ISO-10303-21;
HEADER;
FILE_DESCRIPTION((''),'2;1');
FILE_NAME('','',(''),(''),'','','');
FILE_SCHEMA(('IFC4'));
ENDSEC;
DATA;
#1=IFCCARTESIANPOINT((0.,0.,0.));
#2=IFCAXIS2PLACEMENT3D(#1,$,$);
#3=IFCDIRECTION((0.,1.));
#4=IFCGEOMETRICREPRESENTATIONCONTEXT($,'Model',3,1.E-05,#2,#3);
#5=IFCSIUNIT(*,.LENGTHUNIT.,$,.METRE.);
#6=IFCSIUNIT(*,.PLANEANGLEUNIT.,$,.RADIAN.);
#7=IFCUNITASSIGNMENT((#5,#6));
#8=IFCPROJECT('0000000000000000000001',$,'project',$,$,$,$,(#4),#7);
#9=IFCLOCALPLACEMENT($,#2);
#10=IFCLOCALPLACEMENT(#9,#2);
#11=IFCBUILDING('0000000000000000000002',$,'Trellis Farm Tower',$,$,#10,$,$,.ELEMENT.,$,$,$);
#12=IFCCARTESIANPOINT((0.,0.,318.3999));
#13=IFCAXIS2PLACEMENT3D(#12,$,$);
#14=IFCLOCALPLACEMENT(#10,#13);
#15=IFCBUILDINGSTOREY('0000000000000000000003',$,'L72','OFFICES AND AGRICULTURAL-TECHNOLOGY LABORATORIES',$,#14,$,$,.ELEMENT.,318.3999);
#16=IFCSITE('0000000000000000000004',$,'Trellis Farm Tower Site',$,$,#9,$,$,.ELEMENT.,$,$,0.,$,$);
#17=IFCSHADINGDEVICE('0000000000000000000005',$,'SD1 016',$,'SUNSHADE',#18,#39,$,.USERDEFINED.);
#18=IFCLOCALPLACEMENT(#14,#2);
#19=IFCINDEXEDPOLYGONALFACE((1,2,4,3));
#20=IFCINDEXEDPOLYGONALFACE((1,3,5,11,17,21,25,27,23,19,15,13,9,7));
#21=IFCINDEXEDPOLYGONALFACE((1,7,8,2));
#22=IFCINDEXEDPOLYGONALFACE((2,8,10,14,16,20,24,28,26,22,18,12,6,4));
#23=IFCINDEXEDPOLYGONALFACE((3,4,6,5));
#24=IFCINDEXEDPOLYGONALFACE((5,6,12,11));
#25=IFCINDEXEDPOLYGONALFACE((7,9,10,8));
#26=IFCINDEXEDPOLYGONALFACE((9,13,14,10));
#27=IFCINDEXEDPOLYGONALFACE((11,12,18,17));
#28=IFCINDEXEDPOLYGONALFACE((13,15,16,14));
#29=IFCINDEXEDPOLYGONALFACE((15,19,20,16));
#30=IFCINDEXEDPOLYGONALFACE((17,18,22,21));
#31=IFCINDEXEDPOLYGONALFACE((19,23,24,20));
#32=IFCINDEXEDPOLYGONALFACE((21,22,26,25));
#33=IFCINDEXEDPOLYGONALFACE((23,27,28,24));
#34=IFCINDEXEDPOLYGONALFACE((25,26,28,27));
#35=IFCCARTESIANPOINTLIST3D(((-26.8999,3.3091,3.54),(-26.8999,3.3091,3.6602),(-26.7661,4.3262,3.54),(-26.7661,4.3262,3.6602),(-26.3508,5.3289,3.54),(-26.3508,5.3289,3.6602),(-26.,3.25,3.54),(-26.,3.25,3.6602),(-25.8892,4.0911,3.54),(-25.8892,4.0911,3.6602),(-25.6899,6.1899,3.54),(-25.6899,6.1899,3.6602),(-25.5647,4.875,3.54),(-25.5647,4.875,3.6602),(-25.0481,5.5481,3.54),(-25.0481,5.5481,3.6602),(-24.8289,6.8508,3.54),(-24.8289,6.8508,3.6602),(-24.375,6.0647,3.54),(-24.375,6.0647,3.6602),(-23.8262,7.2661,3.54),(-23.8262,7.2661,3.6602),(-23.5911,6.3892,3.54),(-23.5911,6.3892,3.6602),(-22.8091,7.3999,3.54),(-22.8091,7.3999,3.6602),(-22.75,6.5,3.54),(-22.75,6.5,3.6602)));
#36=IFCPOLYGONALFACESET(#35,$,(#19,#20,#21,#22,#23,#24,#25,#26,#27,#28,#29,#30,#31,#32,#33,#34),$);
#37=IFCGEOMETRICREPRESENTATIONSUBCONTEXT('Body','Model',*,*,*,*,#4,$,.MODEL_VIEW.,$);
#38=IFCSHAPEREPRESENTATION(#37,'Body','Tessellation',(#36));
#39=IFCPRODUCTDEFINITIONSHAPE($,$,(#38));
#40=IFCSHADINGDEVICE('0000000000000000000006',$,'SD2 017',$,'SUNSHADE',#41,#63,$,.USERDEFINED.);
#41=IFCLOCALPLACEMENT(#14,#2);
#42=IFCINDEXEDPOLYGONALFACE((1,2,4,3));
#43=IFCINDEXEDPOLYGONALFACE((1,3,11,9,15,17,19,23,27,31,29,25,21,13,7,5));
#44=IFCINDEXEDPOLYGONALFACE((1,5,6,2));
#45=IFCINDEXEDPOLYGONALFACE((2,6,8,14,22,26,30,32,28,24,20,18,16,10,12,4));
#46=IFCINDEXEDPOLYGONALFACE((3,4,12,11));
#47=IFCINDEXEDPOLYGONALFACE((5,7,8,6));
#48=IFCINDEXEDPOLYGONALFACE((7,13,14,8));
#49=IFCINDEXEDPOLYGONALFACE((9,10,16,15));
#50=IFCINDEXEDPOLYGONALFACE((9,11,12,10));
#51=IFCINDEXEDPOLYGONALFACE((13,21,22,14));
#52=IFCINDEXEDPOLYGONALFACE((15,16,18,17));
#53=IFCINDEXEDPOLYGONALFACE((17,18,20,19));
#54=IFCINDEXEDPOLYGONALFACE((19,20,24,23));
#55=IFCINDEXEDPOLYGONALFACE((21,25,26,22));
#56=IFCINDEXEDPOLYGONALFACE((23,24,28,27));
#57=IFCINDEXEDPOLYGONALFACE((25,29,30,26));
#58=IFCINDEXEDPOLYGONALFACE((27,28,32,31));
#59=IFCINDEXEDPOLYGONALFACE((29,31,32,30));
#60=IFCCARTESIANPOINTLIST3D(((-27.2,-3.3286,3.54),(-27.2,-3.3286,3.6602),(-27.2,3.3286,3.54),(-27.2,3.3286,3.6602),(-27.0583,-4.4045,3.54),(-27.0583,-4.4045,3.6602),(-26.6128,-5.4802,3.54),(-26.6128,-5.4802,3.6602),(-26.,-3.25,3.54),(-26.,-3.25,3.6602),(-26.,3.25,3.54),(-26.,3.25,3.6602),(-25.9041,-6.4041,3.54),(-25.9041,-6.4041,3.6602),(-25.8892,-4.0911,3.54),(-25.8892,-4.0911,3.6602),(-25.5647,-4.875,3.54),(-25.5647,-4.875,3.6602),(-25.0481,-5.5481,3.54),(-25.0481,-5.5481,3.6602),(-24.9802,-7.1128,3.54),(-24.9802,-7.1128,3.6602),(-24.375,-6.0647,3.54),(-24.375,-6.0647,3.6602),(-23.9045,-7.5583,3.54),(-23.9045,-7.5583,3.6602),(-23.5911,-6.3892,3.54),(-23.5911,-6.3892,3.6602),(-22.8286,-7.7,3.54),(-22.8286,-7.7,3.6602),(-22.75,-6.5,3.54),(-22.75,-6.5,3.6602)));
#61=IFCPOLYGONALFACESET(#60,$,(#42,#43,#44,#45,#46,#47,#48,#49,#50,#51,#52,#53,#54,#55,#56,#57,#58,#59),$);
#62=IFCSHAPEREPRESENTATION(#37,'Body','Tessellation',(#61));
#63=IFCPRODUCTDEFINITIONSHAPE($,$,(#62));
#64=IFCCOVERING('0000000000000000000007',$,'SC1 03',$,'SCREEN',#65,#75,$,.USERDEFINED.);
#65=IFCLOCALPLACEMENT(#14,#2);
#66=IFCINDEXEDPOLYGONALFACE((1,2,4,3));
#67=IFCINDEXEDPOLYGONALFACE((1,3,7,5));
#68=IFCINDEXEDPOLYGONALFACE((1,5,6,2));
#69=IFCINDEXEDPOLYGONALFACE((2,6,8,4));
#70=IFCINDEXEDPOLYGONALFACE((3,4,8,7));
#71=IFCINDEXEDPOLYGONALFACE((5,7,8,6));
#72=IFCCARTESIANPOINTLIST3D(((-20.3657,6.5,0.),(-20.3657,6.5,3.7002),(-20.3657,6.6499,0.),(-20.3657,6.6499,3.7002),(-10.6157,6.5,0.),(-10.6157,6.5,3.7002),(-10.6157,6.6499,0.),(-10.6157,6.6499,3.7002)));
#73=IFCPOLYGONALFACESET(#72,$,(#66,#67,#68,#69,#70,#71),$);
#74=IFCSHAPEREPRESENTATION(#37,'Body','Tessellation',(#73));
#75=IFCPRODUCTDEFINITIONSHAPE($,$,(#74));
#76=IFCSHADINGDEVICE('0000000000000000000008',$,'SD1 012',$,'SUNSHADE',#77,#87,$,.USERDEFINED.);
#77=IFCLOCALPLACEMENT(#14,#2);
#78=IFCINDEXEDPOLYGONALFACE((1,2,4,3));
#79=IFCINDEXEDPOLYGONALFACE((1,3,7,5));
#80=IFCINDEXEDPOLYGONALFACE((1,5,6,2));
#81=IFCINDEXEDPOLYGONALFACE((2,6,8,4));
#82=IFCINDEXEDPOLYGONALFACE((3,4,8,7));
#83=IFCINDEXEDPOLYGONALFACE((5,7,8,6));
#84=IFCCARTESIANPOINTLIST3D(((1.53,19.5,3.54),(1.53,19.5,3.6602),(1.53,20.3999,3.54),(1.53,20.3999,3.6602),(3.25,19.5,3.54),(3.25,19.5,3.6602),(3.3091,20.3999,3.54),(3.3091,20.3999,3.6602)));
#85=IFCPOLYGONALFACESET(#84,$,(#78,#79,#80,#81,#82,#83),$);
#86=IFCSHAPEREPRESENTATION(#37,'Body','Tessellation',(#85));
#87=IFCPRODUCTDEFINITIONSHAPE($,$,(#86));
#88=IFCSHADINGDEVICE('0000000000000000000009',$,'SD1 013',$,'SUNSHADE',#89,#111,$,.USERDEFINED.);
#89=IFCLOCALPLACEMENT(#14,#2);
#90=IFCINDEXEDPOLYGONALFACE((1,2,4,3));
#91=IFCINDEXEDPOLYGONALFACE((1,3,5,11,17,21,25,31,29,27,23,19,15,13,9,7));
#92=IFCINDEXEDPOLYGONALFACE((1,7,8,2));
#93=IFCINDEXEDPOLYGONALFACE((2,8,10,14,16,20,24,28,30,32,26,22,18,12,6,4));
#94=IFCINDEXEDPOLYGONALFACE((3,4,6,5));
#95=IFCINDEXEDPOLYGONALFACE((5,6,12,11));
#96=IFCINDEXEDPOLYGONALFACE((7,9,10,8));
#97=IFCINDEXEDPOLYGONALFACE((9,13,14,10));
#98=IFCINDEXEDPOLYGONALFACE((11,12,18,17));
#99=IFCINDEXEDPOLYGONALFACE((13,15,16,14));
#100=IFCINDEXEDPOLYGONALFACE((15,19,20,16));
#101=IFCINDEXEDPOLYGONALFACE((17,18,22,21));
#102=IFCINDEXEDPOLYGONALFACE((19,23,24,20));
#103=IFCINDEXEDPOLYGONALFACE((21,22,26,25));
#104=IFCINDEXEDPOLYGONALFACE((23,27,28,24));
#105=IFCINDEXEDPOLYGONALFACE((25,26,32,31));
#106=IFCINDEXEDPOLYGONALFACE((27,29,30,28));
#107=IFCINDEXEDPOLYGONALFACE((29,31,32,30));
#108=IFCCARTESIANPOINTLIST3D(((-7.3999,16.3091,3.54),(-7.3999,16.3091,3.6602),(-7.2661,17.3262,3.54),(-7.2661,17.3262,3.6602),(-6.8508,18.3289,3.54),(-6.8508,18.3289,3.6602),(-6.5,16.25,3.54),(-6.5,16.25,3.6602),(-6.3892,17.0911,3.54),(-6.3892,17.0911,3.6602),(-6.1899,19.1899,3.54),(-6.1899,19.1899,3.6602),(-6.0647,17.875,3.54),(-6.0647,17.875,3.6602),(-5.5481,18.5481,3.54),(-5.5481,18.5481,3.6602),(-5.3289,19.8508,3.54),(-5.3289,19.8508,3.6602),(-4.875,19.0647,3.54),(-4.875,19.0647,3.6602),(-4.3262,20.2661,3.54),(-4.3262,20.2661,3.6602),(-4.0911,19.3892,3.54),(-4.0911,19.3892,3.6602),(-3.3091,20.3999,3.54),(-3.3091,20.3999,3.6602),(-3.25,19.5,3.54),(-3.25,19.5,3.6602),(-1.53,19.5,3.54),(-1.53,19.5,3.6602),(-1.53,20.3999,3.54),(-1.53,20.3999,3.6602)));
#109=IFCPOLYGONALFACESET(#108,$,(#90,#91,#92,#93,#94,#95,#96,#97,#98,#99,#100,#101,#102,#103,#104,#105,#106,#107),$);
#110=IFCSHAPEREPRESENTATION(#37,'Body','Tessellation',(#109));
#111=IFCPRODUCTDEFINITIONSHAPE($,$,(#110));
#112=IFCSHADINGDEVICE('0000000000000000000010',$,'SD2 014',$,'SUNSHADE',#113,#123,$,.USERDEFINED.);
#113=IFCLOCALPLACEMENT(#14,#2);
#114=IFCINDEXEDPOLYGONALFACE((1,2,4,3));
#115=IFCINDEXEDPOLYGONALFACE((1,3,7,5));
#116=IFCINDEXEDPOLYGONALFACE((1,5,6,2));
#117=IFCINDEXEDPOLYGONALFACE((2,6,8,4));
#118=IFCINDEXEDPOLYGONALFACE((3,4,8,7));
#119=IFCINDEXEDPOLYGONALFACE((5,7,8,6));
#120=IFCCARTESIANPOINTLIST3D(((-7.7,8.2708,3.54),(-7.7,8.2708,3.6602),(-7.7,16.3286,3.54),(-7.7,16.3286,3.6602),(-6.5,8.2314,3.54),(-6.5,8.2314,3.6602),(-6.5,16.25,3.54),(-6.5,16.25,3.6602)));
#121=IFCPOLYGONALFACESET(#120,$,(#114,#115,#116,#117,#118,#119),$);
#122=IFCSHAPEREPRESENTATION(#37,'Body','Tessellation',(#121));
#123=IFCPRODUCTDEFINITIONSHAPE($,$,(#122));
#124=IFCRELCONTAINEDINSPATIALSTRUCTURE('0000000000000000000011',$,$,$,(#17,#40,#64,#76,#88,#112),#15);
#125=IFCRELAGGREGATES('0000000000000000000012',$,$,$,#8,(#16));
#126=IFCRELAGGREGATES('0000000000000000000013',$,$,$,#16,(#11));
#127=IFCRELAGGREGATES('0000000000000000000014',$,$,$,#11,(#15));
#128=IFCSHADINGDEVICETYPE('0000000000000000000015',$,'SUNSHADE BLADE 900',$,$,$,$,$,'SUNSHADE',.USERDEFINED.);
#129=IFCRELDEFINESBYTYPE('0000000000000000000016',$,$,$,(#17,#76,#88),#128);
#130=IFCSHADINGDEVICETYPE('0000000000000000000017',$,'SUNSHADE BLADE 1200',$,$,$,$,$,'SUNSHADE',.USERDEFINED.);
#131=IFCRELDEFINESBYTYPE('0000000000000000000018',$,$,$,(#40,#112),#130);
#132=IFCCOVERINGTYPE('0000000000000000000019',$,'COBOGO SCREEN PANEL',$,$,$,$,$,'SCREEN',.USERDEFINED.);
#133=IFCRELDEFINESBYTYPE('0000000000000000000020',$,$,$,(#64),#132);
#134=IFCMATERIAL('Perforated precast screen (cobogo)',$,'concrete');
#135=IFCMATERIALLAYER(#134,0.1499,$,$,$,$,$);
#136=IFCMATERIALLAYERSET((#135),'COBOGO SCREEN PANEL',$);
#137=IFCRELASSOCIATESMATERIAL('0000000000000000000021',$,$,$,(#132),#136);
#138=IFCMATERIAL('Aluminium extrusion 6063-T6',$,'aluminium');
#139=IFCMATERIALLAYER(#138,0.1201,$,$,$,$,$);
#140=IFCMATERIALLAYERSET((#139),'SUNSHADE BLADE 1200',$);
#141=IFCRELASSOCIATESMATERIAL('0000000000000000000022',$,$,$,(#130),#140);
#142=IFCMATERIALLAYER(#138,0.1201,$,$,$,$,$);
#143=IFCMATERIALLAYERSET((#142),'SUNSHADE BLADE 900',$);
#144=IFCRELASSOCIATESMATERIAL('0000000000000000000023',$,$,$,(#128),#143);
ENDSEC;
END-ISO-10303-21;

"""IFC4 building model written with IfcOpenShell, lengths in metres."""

from ifc_helpers import new_model, si_unit, direction, frame, origin, place, context, subcontext, project, spatial, polyline, outline, extrude, source, transform, mapped, material, layer, layer_set, type_object, element, save


model = new_model("IFC4")

# Units and contexts
model_context = context("Model", 3, precision=1e-05, world=origin(), true_north=direction((0.0, 1.0)))
body_context = subcontext(model_context, "Body", "Model", "MODEL_VIEW")
ifc_project = project(units=[si_unit("LENGTHUNIT", "METRE"), si_unit("PLANEANGLEUNIT", "RADIAN")], contexts=[model_context])

# Site, building, storey
site_placement = place(None, origin())
site = spatial("IfcSite", under=ifc_project, at=site_placement, Name="Trellis Farm Tower Site", CompositionType="ELEMENT", RefElevation=0.0)
building_placement = place(site_placement, origin())
building = spatial("IfcBuilding", under=site, at=building_placement, Name="Trellis Farm Tower", CompositionType="ELEMENT")
storey_placement = place(building_placement, frame((0.0, 0.0, 318.3999)))
storey = spatial("IfcBuildingStorey", under=building, at=storey_placement, Name="L72", Description="OFFICES AND AGRICULTURAL-TECHNOLOGY LABORATORIES", CompositionType="ELEMENT", Elevation=318.3999)

# Shared definitions
placement_1 = place(storey_placement, origin())
ifc_material_1 = material(Name="Aluminium extrusion 6063-T6", Category="aluminium")

# Shared definitions
ifc_material_2 = material(Name="Perforated precast screen (cobogo)", Category="concrete")
ifc_layer_1 = layer(ifc_material_2, 0.1499)
ifc_layer_set_1 = layer_set([ifc_layer_1], Name="COBOGO SCREEN PANEL")
covering_type = type_object("IfcCoveringType", Name="COBOGO SCREEN PANEL", ElementType="SCREEN", PredefinedType="USERDEFINED", material=ifc_layer_set_1)

# Shared definitions
ifc_layer_2 = layer(ifc_material_1, 0.1201)
ifc_layer_set_2 = layer_set([ifc_layer_2], Name="SUNSHADE BLADE 1200")
shading_device_type_1 = type_object("IfcShadingDeviceType", Name="SUNSHADE BLADE 1200", ElementType="SUNSHADE", PredefinedType="USERDEFINED", material=ifc_layer_set_2)
placement_2 = place(storey_placement, frame((0.0, 0.0, 3.54)))

# Shading devices
ifc_layer_3 = layer(ifc_material_1, 0.1201)
ifc_layer_set_3 = layer_set([ifc_layer_3], Name="SUNSHADE BLADE 900")
shading_device_type_2 = type_object("IfcShadingDeviceType", Name="SUNSHADE BLADE 900", ElementType="SUNSHADE", PredefinedType="USERDEFINED", material=ifc_layer_set_3)
shared_shape_1 = source(origin(), body_context, "Body", "SweptSolid", [
    extrude(outline(polyline([(-22.8091, 7.3999), (-23.8262, 7.2661), (-24.8289, 6.8508), (-25.6899, 6.1899), (-26.3508, 5.3289), (-26.7661, 4.3262), (-26.8999, 3.3091), (-26.0, 3.25), (-25.8892, 4.0911), (-25.5647, 4.875), (-25.0481, 5.5481), (-24.375, 6.0647), (-23.5911, 6.3892), (-22.75, 6.5), (-22.8091, 7.3999)])), origin(), (0.0, 0.0, 1.0), 0.1201),
])
element("IfcShadingDevice", 1, at=placement_2, inside=storey, type_object=shading_device_type_2, Name="SD1 016", ObjectType="SUNSHADE", PredefinedType="USERDEFINED", context=body_context, shape_type="MappedRepresentation", body=[
    mapped(shared_shape_1, transform((0.0, 0.0, 0.0))),
])
shared_shape_2 = source(origin(), body_context, "Body", "SweptSolid", [
    extrude(outline(polyline([(-27.2, 3.3286), (-27.2, -3.3286), (-27.0583, -4.4045), (-26.6128, -5.4802), (-25.9041, -6.4041), (-24.9802, -7.1128), (-23.9045, -7.5583), (-22.8286, -7.7), (-22.75, -6.5), (-23.5911, -6.3892), (-24.375, -6.0647), (-25.0481, -5.5481), (-25.5647, -4.875), (-25.8892, -4.0911), (-26.0, -3.25), (-26.0, 3.25), (-27.2, 3.3286)])), origin(), (0.0, 0.0, 1.0), 0.1201),
])
element("IfcShadingDevice", 2, at=placement_2, inside=storey, type_object=shading_device_type_1, Name="SD2 017", ObjectType="SUNSHADE", PredefinedType="USERDEFINED", context=body_context, shape_type="MappedRepresentation", body=[
    mapped(shared_shape_2, transform((0.0, 0.0, 0.0))),
])

# Covering
shared_shape_3 = source(origin(), body_context, "Body", "SweptSolid", [
    extrude(outline(polyline([(-10.6157, 6.6499), (-20.3657, 6.6499), (-20.3657, 6.5), (-10.6157, 6.5), (-10.6157, 6.6499)])), origin(), (0.0, 0.0, 1.0), 3.7002),
])
element("IfcCovering", 3, at=placement_1, inside=storey, type_object=covering_type, Name="SC1 03", ObjectType="SCREEN", PredefinedType="USERDEFINED", context=body_context, shape_type="MappedRepresentation", body=[
    mapped(shared_shape_3, transform((0.0, 0.0, 0.0))),
])

# Shading devices
shared_shape_4 = source(origin(), body_context, "Body", "SweptSolid", [
    extrude(outline(polyline([(3.3091, 20.3999), (1.53, 20.3999), (1.53, 19.5), (3.25, 19.5), (3.3091, 20.3999)])), origin(), (0.0, 0.0, 1.0), 0.1201),
])
element("IfcShadingDevice", 4, at=placement_2, inside=storey, type_object=shading_device_type_2, Name="SD1 012", ObjectType="SUNSHADE", PredefinedType="USERDEFINED", context=body_context, shape_type="MappedRepresentation", body=[
    mapped(shared_shape_4, transform((0.0, 0.0, 0.0))),
])
shared_shape_5 = source(origin(), body_context, "Body", "SweptSolid", [
    extrude(outline(polyline([(-1.53, 20.3999), (-3.3091, 20.3999), (-4.3262, 20.2661), (-5.3289, 19.8508), (-6.1899, 19.1899), (-6.8508, 18.3289), (-7.2661, 17.3262), (-7.3999, 16.3091), (-6.5, 16.25), (-6.3892, 17.0911), (-6.0647, 17.875), (-5.5481, 18.5481), (-4.875, 19.0647), (-4.0911, 19.3892), (-3.25, 19.5), (-1.53, 19.5), (-1.53, 20.3999)])), origin(), (0.0, 0.0, 1.0), 0.1201),
])
element("IfcShadingDevice", 5, at=placement_2, inside=storey, type_object=shading_device_type_2, Name="SD1 013", ObjectType="SUNSHADE", PredefinedType="USERDEFINED", context=body_context, shape_type="MappedRepresentation", body=[
    mapped(shared_shape_5, transform((0.0, 0.0, 0.0))),
])
shared_shape_6 = source(origin(), body_context, "Body", "SweptSolid", [
    extrude(outline(polyline([(-7.7, 16.3286), (-7.7, 8.2708), (-6.5, 8.2314), (-6.5, 16.25), (-7.7, 16.3286)])), origin(), (0.0, 0.0, 1.0), 0.1201),
])
element("IfcShadingDevice", 6, at=placement_2, inside=storey, type_object=shading_device_type_1, Name="SD2 014", ObjectType="SUNSHADE", PredefinedType="USERDEFINED", context=body_context, shape_type="MappedRepresentation", body=[
    mapped(shared_shape_6, transform((0.0, 0.0, 0.0))),
])

save(model, "model.ifc")
